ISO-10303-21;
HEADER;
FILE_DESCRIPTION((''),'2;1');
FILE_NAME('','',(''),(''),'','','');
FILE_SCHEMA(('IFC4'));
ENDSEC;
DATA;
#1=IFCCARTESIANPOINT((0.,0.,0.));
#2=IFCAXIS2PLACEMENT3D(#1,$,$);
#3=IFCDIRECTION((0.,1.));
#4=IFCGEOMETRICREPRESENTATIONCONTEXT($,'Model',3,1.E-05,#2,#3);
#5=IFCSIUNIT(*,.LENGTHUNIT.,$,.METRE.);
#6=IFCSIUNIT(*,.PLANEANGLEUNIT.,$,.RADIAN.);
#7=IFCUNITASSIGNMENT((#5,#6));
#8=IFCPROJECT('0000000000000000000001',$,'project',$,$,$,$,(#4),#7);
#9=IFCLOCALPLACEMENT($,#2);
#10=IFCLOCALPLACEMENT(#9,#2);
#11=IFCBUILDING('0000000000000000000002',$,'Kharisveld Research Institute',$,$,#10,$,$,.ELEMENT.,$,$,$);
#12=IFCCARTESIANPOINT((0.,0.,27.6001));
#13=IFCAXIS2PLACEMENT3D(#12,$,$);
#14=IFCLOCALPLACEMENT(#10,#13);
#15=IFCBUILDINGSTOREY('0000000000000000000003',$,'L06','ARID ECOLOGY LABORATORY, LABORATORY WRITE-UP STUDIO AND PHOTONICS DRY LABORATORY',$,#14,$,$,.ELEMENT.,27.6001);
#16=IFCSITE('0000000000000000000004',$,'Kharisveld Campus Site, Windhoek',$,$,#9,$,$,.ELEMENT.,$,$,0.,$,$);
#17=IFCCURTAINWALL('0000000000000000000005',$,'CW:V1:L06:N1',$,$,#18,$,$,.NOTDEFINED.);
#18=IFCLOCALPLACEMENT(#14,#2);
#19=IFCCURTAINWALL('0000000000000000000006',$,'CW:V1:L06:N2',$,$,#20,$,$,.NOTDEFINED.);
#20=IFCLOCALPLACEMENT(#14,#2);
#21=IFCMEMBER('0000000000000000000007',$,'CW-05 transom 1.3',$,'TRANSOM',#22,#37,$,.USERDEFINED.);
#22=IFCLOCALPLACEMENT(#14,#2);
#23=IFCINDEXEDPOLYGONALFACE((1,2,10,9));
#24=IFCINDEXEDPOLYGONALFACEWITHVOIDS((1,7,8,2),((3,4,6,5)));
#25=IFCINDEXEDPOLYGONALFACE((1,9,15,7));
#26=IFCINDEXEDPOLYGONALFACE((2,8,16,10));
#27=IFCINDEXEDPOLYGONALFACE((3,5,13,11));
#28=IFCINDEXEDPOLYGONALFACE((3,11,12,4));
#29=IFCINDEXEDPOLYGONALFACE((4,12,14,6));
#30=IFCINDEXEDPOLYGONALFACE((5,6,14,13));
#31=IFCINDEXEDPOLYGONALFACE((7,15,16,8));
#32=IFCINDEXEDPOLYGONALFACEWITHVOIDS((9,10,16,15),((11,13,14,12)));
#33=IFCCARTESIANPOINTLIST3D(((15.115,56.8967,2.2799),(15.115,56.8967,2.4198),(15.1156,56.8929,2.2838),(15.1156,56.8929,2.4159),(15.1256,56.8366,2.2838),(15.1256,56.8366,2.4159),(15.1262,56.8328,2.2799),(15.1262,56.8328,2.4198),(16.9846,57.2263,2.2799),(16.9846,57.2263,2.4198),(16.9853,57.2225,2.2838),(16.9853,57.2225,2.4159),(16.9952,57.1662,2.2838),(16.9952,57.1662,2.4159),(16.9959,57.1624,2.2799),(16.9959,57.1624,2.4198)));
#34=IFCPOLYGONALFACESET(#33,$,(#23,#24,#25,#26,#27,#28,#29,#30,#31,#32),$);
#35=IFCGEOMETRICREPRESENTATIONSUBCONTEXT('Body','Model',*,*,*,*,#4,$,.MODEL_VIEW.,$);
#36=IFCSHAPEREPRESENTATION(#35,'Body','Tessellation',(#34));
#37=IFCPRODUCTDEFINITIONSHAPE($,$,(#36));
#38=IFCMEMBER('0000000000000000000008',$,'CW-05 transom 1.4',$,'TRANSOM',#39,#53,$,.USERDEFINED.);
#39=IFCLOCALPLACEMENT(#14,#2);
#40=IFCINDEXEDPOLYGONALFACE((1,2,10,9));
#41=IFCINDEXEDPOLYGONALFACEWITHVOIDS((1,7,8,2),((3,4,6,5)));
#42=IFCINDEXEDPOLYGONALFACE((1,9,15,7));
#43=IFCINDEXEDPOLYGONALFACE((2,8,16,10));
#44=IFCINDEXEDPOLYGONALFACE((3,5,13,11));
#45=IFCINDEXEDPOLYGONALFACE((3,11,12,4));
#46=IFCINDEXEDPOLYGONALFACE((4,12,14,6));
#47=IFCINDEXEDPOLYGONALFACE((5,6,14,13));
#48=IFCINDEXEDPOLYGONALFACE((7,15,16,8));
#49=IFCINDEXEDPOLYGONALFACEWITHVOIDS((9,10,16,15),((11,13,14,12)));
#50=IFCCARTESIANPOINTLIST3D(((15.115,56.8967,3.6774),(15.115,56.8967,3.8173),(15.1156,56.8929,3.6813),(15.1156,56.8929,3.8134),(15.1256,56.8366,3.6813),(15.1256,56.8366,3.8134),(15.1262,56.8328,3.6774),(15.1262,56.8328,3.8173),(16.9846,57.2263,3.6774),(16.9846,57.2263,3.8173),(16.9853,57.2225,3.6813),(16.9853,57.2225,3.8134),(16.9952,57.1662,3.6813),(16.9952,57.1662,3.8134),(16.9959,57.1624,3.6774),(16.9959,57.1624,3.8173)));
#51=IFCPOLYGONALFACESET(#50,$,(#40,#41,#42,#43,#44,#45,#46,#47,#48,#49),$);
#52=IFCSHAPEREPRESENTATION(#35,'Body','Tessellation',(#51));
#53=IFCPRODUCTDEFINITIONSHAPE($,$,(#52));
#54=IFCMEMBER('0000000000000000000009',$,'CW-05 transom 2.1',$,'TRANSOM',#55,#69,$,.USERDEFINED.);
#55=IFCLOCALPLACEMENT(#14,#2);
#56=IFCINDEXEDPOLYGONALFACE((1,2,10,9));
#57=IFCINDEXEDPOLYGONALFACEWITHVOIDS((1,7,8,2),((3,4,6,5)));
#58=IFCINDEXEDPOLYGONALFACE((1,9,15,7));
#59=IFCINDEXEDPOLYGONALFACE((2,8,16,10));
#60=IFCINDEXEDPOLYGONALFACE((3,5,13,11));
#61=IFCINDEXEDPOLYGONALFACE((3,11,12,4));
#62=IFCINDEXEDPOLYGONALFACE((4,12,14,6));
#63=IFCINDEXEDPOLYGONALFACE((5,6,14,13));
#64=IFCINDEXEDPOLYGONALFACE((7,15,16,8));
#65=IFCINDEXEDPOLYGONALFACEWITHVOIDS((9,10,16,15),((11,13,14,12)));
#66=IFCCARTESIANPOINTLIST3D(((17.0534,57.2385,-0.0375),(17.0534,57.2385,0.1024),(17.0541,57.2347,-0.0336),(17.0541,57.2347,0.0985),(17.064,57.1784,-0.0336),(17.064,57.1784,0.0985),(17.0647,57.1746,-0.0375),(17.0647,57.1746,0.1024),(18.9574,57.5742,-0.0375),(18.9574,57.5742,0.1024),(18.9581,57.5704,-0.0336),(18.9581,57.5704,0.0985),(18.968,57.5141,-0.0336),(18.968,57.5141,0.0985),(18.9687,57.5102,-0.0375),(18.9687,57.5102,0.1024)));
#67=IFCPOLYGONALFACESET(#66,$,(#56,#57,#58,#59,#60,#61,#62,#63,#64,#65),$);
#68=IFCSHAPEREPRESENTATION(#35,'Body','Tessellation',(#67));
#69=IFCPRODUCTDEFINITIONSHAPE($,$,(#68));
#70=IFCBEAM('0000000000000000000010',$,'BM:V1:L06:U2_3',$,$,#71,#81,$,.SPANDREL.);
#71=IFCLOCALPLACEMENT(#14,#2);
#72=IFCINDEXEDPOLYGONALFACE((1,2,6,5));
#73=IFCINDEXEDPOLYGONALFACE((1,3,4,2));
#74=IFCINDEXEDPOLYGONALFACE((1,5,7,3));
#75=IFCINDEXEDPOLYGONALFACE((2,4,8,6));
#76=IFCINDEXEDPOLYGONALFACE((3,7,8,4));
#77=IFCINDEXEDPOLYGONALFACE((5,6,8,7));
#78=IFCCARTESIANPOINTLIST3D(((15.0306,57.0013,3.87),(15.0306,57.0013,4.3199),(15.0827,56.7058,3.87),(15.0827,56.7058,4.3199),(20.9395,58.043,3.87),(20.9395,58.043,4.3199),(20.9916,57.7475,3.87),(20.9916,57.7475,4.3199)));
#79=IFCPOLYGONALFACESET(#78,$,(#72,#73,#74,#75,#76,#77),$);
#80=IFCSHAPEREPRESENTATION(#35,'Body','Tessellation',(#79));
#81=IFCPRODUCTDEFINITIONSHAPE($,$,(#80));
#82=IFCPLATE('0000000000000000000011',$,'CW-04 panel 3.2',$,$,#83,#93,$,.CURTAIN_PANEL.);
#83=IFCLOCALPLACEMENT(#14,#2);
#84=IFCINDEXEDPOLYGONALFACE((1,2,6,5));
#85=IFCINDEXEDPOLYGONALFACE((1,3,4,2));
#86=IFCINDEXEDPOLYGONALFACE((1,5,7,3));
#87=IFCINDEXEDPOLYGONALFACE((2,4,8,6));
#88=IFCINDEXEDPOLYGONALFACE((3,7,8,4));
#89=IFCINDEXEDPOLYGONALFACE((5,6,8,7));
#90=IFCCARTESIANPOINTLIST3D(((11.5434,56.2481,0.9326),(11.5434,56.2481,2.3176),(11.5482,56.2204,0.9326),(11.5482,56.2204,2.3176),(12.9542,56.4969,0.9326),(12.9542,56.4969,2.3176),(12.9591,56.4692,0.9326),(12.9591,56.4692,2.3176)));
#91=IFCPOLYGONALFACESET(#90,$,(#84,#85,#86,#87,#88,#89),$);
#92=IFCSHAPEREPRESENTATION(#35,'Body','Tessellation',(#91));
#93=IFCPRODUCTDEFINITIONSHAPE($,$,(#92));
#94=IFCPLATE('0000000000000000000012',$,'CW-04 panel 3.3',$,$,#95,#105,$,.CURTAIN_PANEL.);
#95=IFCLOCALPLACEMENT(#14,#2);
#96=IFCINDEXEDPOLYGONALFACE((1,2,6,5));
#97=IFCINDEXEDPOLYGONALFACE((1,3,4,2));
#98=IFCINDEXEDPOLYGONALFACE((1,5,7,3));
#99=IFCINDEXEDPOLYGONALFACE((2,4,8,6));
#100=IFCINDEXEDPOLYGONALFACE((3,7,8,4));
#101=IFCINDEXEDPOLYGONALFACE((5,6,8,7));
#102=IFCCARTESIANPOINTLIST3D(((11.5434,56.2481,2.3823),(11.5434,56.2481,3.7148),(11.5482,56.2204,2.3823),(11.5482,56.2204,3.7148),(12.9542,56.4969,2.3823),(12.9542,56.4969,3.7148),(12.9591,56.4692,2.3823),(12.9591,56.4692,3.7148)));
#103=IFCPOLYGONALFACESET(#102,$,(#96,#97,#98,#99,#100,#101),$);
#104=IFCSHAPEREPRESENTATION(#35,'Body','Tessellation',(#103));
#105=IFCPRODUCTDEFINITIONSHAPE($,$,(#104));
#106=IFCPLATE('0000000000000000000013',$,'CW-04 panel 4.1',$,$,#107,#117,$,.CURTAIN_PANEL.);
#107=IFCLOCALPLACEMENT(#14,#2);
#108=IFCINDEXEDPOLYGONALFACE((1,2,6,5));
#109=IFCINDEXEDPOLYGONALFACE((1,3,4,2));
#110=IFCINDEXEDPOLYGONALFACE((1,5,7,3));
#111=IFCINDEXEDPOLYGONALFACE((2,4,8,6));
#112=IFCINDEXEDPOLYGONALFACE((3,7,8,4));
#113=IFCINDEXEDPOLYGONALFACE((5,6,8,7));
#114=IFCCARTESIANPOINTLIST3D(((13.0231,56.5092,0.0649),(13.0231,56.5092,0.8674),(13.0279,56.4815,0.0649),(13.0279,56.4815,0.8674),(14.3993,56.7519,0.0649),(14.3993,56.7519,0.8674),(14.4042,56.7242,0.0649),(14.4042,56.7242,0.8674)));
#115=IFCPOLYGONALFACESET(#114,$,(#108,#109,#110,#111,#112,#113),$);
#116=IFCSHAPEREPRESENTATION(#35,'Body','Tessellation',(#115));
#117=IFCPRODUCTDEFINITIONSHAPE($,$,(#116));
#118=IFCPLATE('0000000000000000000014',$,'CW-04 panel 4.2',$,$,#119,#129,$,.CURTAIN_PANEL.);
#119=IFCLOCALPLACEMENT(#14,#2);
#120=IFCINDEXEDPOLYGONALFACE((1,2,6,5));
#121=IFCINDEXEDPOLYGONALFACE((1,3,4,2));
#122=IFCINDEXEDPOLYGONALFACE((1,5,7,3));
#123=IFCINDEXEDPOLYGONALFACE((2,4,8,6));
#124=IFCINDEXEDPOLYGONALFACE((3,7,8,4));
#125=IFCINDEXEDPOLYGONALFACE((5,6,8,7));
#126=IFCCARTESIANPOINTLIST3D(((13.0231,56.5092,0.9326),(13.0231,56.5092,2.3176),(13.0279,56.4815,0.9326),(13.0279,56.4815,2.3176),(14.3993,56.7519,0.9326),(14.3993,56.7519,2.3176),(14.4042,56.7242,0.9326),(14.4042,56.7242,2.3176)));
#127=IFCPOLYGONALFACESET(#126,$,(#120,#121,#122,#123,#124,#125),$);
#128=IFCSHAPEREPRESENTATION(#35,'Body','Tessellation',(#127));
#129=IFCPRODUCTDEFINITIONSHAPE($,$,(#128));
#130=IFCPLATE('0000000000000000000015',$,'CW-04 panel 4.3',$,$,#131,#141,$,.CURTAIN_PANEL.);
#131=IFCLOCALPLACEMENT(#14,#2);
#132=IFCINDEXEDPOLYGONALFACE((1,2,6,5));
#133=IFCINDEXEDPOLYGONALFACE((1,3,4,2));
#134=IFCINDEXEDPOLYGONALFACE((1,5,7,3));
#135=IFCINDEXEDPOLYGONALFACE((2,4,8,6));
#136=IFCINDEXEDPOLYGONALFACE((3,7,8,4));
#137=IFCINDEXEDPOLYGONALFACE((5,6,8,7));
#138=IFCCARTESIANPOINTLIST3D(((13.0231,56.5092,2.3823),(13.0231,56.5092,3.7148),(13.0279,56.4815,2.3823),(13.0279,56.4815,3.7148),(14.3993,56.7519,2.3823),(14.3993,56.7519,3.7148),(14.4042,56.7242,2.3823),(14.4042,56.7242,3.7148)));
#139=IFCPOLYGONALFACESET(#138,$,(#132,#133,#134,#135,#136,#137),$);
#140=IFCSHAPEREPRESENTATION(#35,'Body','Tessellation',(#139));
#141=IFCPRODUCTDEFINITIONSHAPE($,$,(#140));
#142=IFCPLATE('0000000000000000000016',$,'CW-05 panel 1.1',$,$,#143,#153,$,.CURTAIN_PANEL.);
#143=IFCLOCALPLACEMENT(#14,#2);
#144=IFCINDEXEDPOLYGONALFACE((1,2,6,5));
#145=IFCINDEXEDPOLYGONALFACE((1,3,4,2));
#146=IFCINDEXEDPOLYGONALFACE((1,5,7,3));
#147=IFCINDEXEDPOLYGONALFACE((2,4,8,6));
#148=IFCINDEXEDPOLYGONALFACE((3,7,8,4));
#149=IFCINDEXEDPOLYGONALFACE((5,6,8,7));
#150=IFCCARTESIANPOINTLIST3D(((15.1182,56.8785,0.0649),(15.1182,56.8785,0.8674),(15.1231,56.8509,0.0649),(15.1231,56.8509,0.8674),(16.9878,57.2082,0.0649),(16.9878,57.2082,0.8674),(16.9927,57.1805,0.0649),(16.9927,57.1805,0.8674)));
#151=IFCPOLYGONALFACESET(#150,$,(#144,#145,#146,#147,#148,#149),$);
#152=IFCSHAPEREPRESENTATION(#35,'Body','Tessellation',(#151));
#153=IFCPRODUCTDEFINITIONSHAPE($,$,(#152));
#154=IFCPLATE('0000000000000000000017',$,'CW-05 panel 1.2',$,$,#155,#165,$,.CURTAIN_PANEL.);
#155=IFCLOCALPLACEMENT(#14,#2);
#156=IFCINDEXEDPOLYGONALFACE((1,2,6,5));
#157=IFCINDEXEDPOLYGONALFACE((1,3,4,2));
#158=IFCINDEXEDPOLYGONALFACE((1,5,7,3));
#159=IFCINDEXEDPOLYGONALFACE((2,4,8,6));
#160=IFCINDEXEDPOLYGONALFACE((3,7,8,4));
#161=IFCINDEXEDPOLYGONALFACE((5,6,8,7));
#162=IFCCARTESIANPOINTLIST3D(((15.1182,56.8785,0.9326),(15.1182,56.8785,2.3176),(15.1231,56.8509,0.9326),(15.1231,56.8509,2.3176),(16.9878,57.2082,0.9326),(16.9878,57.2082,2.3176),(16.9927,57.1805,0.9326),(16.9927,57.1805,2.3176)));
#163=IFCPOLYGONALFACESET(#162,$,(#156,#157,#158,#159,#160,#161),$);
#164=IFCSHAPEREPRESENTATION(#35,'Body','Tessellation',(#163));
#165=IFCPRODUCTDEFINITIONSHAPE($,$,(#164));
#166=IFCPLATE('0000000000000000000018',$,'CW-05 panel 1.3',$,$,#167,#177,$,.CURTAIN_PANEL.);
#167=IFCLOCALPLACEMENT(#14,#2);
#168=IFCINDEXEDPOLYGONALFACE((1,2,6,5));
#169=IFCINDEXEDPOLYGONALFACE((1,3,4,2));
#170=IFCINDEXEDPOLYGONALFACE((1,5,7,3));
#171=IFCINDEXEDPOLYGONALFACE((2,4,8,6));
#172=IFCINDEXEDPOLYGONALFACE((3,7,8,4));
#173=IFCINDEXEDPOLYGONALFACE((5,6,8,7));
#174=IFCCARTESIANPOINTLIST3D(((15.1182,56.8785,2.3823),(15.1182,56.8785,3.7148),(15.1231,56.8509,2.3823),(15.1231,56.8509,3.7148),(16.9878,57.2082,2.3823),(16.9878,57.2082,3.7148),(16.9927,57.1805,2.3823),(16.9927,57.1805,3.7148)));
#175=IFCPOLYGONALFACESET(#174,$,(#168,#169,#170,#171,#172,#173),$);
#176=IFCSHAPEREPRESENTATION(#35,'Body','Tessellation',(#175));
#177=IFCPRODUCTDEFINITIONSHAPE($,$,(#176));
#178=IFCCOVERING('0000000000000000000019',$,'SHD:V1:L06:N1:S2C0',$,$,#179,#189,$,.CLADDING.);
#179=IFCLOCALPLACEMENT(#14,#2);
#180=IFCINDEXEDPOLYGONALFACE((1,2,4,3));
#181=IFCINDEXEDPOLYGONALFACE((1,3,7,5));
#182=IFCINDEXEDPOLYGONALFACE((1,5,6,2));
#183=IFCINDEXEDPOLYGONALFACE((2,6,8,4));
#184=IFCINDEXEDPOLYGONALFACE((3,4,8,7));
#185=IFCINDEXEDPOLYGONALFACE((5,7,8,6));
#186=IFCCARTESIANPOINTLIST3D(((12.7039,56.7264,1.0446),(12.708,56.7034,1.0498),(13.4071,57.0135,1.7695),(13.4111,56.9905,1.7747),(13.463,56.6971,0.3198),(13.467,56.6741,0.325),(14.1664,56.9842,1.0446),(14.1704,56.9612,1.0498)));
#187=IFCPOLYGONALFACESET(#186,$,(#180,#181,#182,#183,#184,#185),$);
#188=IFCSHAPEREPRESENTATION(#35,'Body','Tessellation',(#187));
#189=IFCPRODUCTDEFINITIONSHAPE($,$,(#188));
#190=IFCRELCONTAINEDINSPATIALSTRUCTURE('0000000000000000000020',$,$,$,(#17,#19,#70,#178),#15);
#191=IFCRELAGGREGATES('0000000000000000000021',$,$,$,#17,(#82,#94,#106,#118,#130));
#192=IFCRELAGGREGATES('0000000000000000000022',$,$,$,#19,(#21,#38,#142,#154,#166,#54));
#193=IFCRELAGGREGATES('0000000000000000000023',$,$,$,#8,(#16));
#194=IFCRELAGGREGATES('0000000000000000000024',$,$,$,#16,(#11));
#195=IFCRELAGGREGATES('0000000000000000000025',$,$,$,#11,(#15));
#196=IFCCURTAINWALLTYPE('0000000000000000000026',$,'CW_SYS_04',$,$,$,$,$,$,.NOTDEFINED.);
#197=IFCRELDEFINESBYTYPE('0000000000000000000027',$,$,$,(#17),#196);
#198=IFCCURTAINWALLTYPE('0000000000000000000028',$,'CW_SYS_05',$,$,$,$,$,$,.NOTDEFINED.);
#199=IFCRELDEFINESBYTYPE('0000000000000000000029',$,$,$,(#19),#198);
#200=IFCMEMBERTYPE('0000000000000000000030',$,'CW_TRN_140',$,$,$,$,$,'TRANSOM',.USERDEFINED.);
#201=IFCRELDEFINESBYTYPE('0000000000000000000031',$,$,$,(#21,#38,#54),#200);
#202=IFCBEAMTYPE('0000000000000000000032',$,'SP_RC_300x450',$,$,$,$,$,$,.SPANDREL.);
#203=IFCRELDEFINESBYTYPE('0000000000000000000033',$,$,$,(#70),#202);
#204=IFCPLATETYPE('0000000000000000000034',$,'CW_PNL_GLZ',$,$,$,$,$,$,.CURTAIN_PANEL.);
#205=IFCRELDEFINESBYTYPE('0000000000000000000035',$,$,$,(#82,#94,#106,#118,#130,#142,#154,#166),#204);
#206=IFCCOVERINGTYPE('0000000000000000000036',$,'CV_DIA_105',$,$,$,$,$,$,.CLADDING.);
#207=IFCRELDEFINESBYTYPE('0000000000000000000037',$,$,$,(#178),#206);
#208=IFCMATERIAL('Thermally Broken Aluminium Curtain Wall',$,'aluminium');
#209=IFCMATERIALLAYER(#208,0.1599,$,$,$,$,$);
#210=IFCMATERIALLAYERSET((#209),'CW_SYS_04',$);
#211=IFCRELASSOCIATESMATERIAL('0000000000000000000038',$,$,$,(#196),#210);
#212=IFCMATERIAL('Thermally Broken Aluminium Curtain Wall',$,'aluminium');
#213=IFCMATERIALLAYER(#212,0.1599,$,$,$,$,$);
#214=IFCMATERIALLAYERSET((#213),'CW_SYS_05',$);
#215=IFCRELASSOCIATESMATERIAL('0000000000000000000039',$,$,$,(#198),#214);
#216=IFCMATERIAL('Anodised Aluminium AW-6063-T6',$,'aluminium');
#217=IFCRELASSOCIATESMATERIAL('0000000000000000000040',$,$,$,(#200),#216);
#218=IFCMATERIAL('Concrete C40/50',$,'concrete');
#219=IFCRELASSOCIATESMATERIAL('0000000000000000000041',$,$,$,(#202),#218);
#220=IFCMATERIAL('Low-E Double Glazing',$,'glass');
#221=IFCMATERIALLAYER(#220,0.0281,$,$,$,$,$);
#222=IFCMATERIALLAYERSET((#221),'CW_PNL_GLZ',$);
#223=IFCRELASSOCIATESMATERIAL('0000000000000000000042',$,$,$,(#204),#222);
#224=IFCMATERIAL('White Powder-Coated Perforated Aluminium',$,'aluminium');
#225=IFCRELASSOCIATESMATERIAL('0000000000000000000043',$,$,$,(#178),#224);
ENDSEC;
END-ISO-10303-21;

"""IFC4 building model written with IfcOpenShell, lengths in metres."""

from ifc_helpers import new_model, si_unit, direction, frame, origin, origin_2d, place, context, subcontext, project, spatial, polyline, rectangle, hollow_rectangle, outline, extrude, material, layer, layer_set, material_profile, profile_set, type_object, element, aggregate, save


model = new_model("IFC4")

# Units and contexts
model_context = context("Model", 3, precision=1e-05, world=origin(), true_north=direction((0.0, 1.0)))
body_context = subcontext(model_context, "Body", "Model", "MODEL_VIEW")
ifc_project = project(units=[si_unit("LENGTHUNIT", "METRE"), si_unit("PLANEANGLEUNIT", "RADIAN")], contexts=[model_context])

# Site, building, storey
site_placement = place(None, origin())
site = spatial("IfcSite", under=ifc_project, at=site_placement, Name="Kharisveld Campus Site, Windhoek", CompositionType="ELEMENT", RefElevation=0.0)
building_placement = place(site_placement, origin())
building = spatial("IfcBuilding", under=site, at=building_placement, Name="Kharisveld Research Institute", CompositionType="ELEMENT")
storey_placement = place(building_placement, frame((0.0, 0.0, 27.6001)))
storey = spatial("IfcBuildingStorey", under=building, at=storey_placement, Name="L06", Description="ARID ECOLOGY LABORATORY, LABORATORY WRITE-UP STUDIO AND PHOTONICS DRY LABORATORY", CompositionType="ELEMENT", Elevation=27.6001)

# Curtain walls
ifc_material_1 = material(Name="Thermally Broken Aluminium Curtain Wall", Category="aluminium")
ifc_layer_1 = layer(ifc_material_1, 0.1599)
ifc_layer_set_1 = layer_set([ifc_layer_1], Name="CW_SYS_04")
curtain_wall_type_1 = type_object("IfcCurtainWallType", Name="CW_SYS_04", PredefinedType="NOTDEFINED", material=ifc_layer_set_1)
curtain_wall_1_placement = place(storey_placement, origin())
curtain_wall_1 = element("IfcCurtainWall", 1, at=curtain_wall_1_placement, inside=storey, type_object=curtain_wall_type_1, Name="CW:V1:L06:N1", PredefinedType="NOTDEFINED")
ifc_material_2 = material(Name="Thermally Broken Aluminium Curtain Wall", Category="aluminium")
ifc_layer_2 = layer(ifc_material_2, 0.1599)
ifc_layer_set_2 = layer_set([ifc_layer_2], Name="CW_SYS_05")
curtain_wall_type_2 = type_object("IfcCurtainWallType", Name="CW_SYS_05", PredefinedType="NOTDEFINED", material=ifc_layer_set_2)
curtain_wall_2_placement = place(storey_placement, origin())
curtain_wall_2 = element("IfcCurtainWall", 2, at=curtain_wall_2_placement, inside=storey, type_object=curtain_wall_type_2, Name="CW:V1:L06:N2", PredefinedType="NOTDEFINED")

# Members
ifc_material_3 = material(Name="Anodised Aluminium AW-6063-T6", Category="aluminium")
ifc_material_profile_1 = material_profile(ifc_material_3, hollow_rectangle(XDim=0.0649, YDim=0.1399, WallThickness=0.0039, at=origin_2d()))
ifc_profile_set_1 = profile_set([ifc_material_profile_1], Name="Anodised Aluminium AW-6063-T6")
member_type_1 = type_object("IfcMemberType", Name="CW_TRN_140", ElementType="TRANSOM", PredefinedType="USERDEFINED", material=ifc_profile_set_1)
member_1_placement = place(storey_placement, frame((15.1206, 56.8647, 2.3499), z_axis=(0.984815, 0.173609, 0.0), x_axis=(-0.173609, 0.984815, 0.0)))
member_1 = element("IfcMember", 3, at=member_1_placement, type_object=member_type_1, Name="CW-05 transom 1.3", ObjectType="TRANSOM", PredefinedType="USERDEFINED", context=body_context, shape_type="SweptSolid", body=[
    extrude(hollow_rectangle(XDim=0.0649, YDim=0.1399, WallThickness=0.0039, at=origin_2d()), origin(), (0.0, 0.0, 1.0), 1.8984),
])
member_2_placement = place(storey_placement, frame((15.1206, 56.8647, 3.7473), z_axis=(0.984815, 0.173609, 0.0), x_axis=(-0.173609, 0.984815, 0.0)))
member_2 = element("IfcMember", 4, at=member_2_placement, type_object=member_type_1, Name="CW-05 transom 1.4", ObjectType="TRANSOM", PredefinedType="USERDEFINED", context=body_context, shape_type="SweptSolid", body=[
    extrude(hollow_rectangle(XDim=0.0649, YDim=0.1399, WallThickness=0.0039, at=origin_2d()), origin(), (0.0, 0.0, 1.0), 1.8984),
])
member_3_placement = place(storey_placement, frame((17.0591, 57.2065, 0.0325), z_axis=(0.984812, 0.173627, 0.0), x_axis=(-0.173627, 0.984812, 0.0)))
member_3 = element("IfcMember", 5, at=member_3_placement, type_object=member_type_1, Name="CW-05 transom 2.1", ObjectType="TRANSOM", PredefinedType="USERDEFINED", context=body_context, shape_type="SweptSolid", body=[
    extrude(hollow_rectangle(XDim=0.0649, YDim=0.1399, WallThickness=0.0039, at=origin_2d()), origin(), (0.0, 0.0, 1.0), 1.9333),
])

# Beam
ifc_material_4 = material(Name="Concrete C40/50", Category="concrete")
ifc_material_profile_2 = material_profile(ifc_material_4, rectangle(XDim=0.3, YDim=0.45, at=origin_2d()))
ifc_profile_set_2 = profile_set([ifc_material_profile_2], Name="Concrete C40/50")
beam_type = type_object("IfcBeamType", Name="SP_RC_300x450", PredefinedType="SPANDREL", material=ifc_profile_set_2)
beam_placement = place(storey_placement, frame((15.0566, 56.8535, 4.095), z_axis=(0.984812, 0.173623, 0.0), x_axis=(-0.173623, 0.984812, 0.0)))
element("IfcBeam", 6, at=beam_placement, inside=storey, type_object=beam_type, Name="BM:V1:L06:U2_3", PredefinedType="SPANDREL", context=body_context, shape_type="SweptSolid", body=[
    extrude(rectangle(XDim=0.3, YDim=0.45, at=origin_2d()), origin(), (0.0, 0.0, 1.0), 6.0),
])

# Plates
ifc_material_5 = material(Name="Low-E Double Glazing", Category="glass")
ifc_layer_3 = layer(ifc_material_5, 0.0281)
ifc_layer_set_3 = layer_set([ifc_layer_3], Name="CW_PNL_GLZ")
plate_type = type_object("IfcPlateType", Name="CW_PNL_GLZ", PredefinedType="CURTAIN_PANEL", material=ifc_layer_set_3)
plate_1_placement = place(storey_placement, frame((12.2512, 56.3586, 0.9326), z_axis=(0.0, 0.0, 1.0), x_axis=(0.984808, 0.173648, 0.0)))
plate_1 = element("IfcPlate", 7, at=plate_1_placement, type_object=plate_type, Name="CW-04 panel 3.2", PredefinedType="CURTAIN_PANEL", context=body_context, shape_type="SweptSolid", body=[
    extrude(rectangle(XDim=1.4326, YDim=0.0281, at=origin_2d()), origin(), (0.0, 0.0, 1.0), 1.385),
])
plate_2_placement = place(storey_placement, frame((12.2512, 56.3586, 2.3823), z_axis=(0.0, 0.0, 1.0), x_axis=(0.984808, 0.173648, 0.0)))
plate_2 = element("IfcPlate", 8, at=plate_2_placement, type_object=plate_type, Name="CW-04 panel 3.3", PredefinedType="CURTAIN_PANEL", context=body_context, shape_type="SweptSolid", body=[
    extrude(rectangle(XDim=1.4326, YDim=0.0281, at=origin_2d()), origin(), (0.0, 0.0, 1.0), 1.3325),
])
plate_3_placement = place(storey_placement, frame((13.7136, 56.6167, 0.0649), z_axis=(0.0, 0.0, 1.0), x_axis=(0.984808, 0.173648, 0.0)))
plate_3 = element("IfcPlate", 9, at=plate_3_placement, type_object=plate_type, Name="CW-04 panel 4.1", PredefinedType="CURTAIN_PANEL", context=body_context, shape_type="SweptSolid", body=[
    extrude(rectangle(XDim=1.3975, YDim=0.0281, at=origin_2d()), origin(), (0.0, 0.0, 1.0), 0.8025),
])
plate_4_placement = place(storey_placement, frame((13.7136, 56.6167, 0.9326), z_axis=(0.0, 0.0, 1.0), x_axis=(0.984808, 0.173648, 0.0)))
plate_4 = element("IfcPlate", 10, at=plate_4_placement, type_object=plate_type, Name="CW-04 panel 4.2", PredefinedType="CURTAIN_PANEL", context=body_context, shape_type="SweptSolid", body=[
    extrude(rectangle(XDim=1.3975, YDim=0.0281, at=origin_2d()), origin(), (0.0, 0.0, 1.0), 1.385),
])
plate_5_placement = place(storey_placement, frame((13.7136, 56.6167, 2.3823), z_axis=(0.0, 0.0, 1.0), x_axis=(0.984808, 0.173648, 0.0)))
plate_5 = element("IfcPlate", 11, at=plate_5_placement, type_object=plate_type, Name="CW-04 panel 4.3", PredefinedType="CURTAIN_PANEL", context=body_context, shape_type="SweptSolid", body=[
    extrude(rectangle(XDim=1.3975, YDim=0.0281, at=origin_2d()), origin(), (0.0, 0.0, 1.0), 1.3325),
])
aggregate(curtain_wall_1, [plate_1, plate_2, plate_3, plate_4, plate_5])
plate_6_placement = place(storey_placement, frame((16.0554, 57.0295, 0.0649), z_axis=(0.0, 0.0, 1.0), x_axis=(0.984808, 0.173648, 0.0)))
plate_6 = element("IfcPlate", 12, at=plate_6_placement, type_object=plate_type, Name="CW-05 panel 1.1", PredefinedType="CURTAIN_PANEL", context=body_context, shape_type="SweptSolid", body=[
    extrude(rectangle(XDim=1.8984, YDim=0.0281, at=origin_2d()), origin(), (0.0, 0.0, 1.0), 0.8025),
])
plate_7_placement = place(storey_placement, frame((16.0554, 57.0295, 0.9326), z_axis=(0.0, 0.0, 1.0), x_axis=(0.984808, 0.173648, 0.0)))
plate_7 = element("IfcPlate", 13, at=plate_7_placement, type_object=plate_type, Name="CW-05 panel 1.2", PredefinedType="CURTAIN_PANEL", context=body_context, shape_type="SweptSolid", body=[
    extrude(rectangle(XDim=1.8984, YDim=0.0281, at=origin_2d()), origin(), (0.0, 0.0, 1.0), 1.385),
])
plate_8_placement = place(storey_placement, frame((16.0554, 57.0295, 2.3823), z_axis=(0.0, 0.0, 1.0), x_axis=(0.984808, 0.173648, 0.0)))
plate_8 = element("IfcPlate", 14, at=plate_8_placement, type_object=plate_type, Name="CW-05 panel 1.3", PredefinedType="CURTAIN_PANEL", context=body_context, shape_type="SweptSolid", body=[
    extrude(rectangle(XDim=1.8984, YDim=0.0281, at=origin_2d()), origin(), (0.0, 0.0, 1.0), 1.3325),
])
aggregate(curtain_wall_2, [member_1, member_2, plate_6, plate_7, plate_8, member_3])

# Covering
ifc_material_6 = material(Name="White Powder-Coated Perforated Aluminium", Category="aluminium")
covering_type = type_object("IfcCoveringType", Name="CV_DIA_105", PredefinedType="CLADDING")
for number, where, z_axis, x_axis, name in (
    (15, (13.467, 56.6741, 0.325), (0.169503, -0.961481, 0.216385), (0.66985, 0.273447, 0.69031), "SHD:V1:L06:N1:S2C0"),
):
    element("IfcCovering", number, at=place(storey_placement, frame(where, z_axis=z_axis, x_axis=x_axis)), inside=storey, type_object=covering_type, material=ifc_material_6, Name=name, PredefinedType="CLADDING", context=body_context, shape_type="SweptSolid", body=[
        extrude(outline(polyline([(0.0, 0.0), (1.05, 0.0), (1.0498, 1.0501), (-0.0001, 1.05), (0.0, 0.0)])), origin(), (0.0, 0.0, -1.0), 0.0239),
    ])

save(model, "model.ifc")
